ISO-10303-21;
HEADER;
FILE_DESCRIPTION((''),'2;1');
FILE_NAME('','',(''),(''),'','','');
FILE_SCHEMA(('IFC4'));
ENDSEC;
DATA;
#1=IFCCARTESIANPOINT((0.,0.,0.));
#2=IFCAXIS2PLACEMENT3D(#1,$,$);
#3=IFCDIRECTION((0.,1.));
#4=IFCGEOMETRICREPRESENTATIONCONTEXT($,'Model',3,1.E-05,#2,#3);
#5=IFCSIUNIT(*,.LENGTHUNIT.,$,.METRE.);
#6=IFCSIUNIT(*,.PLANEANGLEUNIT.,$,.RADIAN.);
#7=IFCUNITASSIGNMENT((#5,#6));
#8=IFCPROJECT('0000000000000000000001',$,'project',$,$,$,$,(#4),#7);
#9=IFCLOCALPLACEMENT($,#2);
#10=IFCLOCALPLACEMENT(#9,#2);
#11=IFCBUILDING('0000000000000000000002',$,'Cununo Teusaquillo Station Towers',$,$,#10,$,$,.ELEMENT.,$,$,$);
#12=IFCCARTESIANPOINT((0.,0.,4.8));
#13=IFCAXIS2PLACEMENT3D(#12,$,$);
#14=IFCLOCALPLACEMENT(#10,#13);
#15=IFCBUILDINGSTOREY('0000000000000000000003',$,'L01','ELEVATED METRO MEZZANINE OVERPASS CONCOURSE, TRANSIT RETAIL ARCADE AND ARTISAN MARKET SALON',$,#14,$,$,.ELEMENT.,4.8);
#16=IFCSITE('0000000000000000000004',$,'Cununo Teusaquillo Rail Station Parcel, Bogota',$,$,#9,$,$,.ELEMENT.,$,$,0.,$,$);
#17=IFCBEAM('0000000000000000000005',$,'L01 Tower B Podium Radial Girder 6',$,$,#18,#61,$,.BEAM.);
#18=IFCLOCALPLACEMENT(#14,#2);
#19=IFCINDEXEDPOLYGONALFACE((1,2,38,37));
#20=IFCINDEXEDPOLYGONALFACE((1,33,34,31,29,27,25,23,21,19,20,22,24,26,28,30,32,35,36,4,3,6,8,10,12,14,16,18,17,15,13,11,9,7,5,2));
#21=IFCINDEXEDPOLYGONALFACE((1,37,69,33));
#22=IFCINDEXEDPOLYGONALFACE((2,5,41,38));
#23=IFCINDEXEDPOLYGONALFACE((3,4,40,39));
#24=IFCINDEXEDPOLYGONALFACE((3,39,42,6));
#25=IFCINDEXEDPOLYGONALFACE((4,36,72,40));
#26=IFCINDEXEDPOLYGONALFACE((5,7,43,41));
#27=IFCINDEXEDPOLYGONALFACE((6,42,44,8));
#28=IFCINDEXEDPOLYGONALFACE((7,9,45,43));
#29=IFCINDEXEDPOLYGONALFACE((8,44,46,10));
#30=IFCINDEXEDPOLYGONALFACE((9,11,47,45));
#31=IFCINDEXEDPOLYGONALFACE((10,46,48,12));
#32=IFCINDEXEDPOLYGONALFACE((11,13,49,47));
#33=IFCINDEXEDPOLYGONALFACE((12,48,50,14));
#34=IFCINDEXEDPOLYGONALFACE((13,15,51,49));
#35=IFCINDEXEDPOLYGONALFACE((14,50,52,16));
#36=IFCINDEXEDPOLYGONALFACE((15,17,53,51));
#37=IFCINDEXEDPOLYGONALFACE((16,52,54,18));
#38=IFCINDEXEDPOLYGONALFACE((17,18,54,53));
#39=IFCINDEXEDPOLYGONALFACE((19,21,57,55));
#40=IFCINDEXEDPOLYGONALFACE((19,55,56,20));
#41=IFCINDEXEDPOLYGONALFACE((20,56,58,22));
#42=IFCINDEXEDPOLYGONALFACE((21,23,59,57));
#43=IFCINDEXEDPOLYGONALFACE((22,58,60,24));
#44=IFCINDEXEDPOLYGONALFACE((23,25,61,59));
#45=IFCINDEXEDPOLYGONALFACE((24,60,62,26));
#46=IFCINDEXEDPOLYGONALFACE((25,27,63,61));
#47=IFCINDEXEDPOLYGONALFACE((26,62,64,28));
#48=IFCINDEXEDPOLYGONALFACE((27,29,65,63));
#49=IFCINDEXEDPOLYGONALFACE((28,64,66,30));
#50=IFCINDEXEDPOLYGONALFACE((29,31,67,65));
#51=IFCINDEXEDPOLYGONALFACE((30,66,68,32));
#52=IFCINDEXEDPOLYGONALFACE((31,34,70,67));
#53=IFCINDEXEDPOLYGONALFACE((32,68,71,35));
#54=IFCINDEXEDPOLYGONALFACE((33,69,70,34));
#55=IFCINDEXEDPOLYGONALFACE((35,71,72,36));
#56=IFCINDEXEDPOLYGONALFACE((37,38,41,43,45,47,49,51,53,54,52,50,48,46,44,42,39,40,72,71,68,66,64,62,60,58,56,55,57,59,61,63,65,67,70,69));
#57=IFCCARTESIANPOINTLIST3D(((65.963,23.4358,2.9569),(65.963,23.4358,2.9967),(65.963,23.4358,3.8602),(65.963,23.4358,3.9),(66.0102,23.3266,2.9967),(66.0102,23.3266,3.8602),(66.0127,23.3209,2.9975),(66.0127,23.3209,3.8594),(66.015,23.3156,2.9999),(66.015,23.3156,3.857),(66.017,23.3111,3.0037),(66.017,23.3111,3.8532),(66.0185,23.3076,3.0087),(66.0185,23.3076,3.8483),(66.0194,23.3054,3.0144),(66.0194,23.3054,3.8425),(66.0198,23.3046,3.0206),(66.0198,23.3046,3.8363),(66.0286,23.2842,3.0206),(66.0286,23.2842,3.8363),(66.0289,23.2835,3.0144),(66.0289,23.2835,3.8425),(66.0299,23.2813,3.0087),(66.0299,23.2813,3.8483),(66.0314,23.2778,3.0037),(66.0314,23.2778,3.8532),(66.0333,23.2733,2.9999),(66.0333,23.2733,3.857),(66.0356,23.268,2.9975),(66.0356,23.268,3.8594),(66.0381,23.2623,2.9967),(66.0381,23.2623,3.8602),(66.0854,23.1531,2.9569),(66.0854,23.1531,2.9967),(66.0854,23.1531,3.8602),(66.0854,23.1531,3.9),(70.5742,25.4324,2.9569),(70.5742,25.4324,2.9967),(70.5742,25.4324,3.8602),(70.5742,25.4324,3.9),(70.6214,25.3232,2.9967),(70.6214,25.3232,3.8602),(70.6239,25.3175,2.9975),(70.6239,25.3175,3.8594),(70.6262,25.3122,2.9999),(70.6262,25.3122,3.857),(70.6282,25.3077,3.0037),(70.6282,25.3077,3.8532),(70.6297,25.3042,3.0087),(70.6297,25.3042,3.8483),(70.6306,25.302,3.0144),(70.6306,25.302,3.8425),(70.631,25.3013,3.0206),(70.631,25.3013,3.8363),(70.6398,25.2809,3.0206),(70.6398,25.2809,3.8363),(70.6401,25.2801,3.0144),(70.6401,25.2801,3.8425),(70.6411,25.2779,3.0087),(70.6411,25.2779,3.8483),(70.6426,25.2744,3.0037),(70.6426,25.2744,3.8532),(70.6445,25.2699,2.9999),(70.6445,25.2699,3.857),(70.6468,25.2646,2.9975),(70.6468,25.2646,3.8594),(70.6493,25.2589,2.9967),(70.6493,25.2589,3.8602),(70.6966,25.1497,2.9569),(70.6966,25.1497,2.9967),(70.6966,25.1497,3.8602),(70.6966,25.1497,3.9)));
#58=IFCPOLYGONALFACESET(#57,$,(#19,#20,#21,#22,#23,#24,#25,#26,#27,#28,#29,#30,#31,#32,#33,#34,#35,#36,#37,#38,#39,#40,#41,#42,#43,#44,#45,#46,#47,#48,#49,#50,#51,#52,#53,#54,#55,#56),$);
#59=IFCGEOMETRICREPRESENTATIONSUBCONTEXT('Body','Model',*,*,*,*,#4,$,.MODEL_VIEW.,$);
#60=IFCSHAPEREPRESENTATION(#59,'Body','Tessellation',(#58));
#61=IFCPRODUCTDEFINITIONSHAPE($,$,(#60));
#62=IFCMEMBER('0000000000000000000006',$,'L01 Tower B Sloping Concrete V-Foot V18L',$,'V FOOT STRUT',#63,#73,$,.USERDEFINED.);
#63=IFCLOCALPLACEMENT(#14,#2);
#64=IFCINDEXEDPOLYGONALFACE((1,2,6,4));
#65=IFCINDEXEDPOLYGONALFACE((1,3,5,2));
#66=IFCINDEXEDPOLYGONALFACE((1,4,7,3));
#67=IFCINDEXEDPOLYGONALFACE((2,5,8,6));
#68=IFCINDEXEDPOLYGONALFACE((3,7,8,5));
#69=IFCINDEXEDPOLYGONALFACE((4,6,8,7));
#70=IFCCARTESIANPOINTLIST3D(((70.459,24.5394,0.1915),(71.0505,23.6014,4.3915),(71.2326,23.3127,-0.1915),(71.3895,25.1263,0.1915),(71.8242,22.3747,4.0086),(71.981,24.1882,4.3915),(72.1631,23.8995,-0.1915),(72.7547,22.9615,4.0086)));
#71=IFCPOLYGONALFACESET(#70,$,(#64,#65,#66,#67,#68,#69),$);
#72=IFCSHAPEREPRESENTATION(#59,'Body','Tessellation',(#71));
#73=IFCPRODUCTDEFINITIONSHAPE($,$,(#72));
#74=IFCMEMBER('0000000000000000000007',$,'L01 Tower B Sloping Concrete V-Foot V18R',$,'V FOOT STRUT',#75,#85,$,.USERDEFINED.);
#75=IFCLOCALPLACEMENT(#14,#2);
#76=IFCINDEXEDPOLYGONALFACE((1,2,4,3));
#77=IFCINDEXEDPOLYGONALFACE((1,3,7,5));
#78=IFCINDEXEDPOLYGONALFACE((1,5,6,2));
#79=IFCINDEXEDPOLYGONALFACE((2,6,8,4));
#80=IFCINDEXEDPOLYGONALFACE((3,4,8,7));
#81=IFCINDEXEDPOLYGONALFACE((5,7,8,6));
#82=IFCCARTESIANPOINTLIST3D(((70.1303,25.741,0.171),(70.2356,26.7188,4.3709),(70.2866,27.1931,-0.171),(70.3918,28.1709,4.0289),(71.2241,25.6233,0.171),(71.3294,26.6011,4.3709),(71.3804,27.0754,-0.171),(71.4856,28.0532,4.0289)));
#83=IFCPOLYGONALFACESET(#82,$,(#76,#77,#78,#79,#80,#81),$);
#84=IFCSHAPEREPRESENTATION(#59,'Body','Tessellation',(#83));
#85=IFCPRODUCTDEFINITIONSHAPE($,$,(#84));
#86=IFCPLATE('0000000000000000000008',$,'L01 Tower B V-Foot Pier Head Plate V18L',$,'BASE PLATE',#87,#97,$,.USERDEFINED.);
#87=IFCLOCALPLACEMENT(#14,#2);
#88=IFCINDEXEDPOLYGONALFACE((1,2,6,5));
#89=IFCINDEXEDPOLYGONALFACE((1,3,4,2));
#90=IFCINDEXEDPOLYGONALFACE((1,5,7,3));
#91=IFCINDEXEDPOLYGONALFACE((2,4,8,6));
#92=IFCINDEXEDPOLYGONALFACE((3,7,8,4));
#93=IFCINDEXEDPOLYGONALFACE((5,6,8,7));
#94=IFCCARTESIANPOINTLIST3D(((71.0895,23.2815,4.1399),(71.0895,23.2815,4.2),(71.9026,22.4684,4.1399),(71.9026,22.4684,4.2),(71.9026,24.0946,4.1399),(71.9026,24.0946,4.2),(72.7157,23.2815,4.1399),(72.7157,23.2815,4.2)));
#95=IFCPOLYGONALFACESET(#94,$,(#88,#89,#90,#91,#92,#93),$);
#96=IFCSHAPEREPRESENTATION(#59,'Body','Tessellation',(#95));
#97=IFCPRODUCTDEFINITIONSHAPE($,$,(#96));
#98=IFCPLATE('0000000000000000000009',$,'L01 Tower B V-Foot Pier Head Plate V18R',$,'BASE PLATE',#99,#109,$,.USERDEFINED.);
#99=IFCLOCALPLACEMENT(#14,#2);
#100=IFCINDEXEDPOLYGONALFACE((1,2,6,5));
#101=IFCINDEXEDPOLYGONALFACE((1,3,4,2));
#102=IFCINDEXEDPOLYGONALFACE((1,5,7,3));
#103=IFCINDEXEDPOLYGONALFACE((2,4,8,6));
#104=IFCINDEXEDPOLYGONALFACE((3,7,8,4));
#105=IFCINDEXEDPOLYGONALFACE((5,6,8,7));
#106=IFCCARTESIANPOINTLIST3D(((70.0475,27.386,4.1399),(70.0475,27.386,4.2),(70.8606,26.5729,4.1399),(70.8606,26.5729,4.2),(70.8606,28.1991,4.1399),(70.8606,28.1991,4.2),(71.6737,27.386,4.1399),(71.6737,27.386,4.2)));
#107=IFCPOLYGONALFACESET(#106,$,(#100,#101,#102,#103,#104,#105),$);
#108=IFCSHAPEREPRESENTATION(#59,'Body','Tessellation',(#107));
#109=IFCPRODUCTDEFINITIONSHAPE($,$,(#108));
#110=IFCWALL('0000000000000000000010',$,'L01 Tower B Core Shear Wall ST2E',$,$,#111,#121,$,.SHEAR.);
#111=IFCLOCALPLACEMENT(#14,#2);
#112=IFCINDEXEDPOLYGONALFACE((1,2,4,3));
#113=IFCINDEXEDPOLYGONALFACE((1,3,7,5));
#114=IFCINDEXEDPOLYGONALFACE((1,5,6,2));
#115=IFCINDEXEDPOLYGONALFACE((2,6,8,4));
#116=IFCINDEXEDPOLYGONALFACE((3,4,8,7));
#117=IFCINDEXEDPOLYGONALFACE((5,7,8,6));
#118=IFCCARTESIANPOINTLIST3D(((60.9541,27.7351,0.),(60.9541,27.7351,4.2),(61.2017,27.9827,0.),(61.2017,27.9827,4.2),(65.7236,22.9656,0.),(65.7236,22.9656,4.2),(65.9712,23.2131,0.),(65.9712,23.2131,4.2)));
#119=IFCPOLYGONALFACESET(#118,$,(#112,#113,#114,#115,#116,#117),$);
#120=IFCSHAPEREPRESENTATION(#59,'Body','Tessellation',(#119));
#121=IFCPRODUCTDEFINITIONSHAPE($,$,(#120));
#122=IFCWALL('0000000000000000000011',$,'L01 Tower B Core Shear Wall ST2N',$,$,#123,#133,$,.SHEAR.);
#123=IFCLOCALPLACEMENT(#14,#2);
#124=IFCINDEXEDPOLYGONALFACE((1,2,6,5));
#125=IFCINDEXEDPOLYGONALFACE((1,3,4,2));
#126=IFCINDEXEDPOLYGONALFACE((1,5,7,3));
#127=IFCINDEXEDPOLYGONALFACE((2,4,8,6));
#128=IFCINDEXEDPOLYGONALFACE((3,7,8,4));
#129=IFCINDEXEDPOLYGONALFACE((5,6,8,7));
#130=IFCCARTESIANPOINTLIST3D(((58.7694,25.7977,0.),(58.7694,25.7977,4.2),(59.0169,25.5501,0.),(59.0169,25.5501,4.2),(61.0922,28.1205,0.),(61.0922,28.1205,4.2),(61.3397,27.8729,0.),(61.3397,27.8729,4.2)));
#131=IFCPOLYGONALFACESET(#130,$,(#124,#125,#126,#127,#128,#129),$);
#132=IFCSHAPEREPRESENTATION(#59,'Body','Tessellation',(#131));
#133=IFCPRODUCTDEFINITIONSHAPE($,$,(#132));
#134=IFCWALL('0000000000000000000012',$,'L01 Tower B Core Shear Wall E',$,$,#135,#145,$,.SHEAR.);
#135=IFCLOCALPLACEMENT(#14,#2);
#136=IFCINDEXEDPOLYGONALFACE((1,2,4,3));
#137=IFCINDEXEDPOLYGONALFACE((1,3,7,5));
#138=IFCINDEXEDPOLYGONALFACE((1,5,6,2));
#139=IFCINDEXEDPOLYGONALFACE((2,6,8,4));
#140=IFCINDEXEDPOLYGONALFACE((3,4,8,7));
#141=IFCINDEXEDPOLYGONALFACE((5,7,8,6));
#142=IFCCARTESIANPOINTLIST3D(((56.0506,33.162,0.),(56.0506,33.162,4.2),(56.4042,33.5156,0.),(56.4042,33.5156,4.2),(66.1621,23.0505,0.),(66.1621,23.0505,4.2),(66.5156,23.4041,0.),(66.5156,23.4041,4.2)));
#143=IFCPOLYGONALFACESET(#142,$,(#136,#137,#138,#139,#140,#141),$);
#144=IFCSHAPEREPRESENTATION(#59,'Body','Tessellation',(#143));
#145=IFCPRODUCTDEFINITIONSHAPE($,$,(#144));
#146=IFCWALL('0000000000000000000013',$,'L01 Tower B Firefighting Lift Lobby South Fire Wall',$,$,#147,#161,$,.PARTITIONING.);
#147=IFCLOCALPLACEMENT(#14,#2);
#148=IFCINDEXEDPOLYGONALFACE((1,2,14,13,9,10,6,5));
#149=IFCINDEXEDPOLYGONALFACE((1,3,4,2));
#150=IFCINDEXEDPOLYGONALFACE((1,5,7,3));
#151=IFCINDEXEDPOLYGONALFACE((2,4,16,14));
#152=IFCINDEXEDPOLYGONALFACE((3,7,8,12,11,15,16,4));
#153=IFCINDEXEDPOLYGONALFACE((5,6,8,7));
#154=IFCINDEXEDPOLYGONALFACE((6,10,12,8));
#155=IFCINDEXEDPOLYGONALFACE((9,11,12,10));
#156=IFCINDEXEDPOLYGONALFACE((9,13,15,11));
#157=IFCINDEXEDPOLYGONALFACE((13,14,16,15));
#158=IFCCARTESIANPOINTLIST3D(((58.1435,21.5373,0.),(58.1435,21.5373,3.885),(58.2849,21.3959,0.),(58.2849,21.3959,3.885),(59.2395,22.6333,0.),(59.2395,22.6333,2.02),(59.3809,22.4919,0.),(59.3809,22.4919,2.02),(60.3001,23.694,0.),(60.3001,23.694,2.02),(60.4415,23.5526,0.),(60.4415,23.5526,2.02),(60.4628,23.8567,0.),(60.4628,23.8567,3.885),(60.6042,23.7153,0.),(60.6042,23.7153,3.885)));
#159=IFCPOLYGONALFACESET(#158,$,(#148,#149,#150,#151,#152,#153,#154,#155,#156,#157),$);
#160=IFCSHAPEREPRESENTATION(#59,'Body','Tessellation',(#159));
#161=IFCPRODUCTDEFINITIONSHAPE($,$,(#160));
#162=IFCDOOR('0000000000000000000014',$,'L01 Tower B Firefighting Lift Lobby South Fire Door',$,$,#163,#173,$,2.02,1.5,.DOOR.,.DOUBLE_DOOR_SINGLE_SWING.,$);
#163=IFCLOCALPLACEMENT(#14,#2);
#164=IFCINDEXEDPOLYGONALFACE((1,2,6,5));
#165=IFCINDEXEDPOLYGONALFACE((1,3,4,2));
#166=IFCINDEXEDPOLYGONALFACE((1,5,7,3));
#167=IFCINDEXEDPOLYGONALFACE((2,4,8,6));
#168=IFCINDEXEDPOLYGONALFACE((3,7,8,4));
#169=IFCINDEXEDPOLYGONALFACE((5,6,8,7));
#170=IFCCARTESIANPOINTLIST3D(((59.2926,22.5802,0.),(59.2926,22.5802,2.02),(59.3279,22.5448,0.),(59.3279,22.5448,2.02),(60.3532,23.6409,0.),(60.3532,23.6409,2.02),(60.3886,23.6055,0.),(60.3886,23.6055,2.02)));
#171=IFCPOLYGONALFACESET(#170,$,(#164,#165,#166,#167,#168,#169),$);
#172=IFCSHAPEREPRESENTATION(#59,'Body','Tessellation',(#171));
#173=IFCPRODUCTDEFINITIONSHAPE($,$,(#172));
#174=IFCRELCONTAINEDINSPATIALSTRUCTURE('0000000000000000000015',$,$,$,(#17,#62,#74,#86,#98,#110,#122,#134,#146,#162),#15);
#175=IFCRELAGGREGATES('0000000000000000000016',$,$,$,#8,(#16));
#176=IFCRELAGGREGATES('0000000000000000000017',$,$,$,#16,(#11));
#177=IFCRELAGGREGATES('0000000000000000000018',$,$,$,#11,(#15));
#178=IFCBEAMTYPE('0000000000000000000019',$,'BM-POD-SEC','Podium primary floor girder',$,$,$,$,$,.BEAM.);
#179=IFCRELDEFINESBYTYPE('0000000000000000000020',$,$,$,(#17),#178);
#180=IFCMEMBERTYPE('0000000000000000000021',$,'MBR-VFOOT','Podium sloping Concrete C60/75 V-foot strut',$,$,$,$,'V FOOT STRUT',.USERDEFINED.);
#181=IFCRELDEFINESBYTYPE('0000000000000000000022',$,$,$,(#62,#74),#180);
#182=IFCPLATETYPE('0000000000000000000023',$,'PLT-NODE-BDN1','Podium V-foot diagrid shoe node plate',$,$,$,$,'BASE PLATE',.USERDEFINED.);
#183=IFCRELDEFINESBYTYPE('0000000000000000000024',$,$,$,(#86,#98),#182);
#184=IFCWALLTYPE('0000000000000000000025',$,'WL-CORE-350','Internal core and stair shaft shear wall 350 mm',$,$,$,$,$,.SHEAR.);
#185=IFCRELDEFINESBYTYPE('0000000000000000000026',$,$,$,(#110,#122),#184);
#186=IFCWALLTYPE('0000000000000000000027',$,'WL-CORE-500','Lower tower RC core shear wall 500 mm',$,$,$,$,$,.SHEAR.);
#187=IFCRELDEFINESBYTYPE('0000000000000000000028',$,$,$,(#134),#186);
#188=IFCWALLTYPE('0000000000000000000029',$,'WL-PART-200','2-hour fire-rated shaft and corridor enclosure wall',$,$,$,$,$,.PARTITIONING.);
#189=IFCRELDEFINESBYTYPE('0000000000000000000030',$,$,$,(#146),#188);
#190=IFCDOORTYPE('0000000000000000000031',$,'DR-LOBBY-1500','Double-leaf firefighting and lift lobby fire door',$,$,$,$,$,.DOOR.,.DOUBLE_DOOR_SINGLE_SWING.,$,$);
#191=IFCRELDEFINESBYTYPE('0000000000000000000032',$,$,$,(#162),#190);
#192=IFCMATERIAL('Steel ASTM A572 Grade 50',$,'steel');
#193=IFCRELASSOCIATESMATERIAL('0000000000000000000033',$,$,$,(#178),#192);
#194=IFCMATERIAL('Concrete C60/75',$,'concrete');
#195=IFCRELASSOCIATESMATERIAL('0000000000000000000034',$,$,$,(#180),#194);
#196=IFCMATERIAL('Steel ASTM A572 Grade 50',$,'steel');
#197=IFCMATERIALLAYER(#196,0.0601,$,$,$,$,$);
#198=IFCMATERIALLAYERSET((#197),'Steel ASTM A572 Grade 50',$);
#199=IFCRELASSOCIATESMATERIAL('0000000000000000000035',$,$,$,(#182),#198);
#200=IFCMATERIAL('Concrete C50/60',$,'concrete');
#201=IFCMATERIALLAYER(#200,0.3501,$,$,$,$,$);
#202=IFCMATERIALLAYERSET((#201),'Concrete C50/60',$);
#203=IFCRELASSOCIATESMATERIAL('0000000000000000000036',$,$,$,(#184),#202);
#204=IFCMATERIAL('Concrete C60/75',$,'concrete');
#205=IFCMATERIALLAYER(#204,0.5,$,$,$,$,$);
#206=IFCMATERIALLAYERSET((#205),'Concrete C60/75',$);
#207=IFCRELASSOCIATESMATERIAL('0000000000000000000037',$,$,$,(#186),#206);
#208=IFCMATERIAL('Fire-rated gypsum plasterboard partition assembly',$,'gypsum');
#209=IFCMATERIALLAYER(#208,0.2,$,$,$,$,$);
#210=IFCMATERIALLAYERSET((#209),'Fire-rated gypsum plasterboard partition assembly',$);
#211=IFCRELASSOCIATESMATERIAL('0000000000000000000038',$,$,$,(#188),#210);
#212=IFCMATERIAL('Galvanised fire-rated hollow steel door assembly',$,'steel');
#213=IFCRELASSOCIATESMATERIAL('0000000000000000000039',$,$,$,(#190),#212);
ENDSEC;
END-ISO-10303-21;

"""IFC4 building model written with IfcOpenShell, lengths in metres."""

from ifc_helpers import new_model, si_unit, direction, frame, frame_2d, origin, origin_2d, place, context, subcontext, project, spatial, rectangle, i_section, extrude, source, transform, mapped, material, layer, layer_set, material_profile, profile_set, type_object, element, fill, save


model = new_model("IFC4")

# Units and contexts
model_context = context("Model", 3, precision=1e-05, world=origin(), true_north=direction((0.0, 1.0)))
body_context = subcontext(model_context, "Body", "Model", "MODEL_VIEW")
ifc_project = project(units=[si_unit("LENGTHUNIT", "METRE"), si_unit("PLANEANGLEUNIT", "RADIAN")], contexts=[model_context])

# Site, building, storey
site_placement = place(None, origin())
site = spatial("IfcSite", under=ifc_project, at=site_placement, Name="Cununo Teusaquillo Rail Station Parcel, Bogota", CompositionType="ELEMENT", RefElevation=0.0)
building_placement = place(site_placement, origin())
building = spatial("IfcBuilding", under=site, at=building_placement, Name="Cununo Teusaquillo Station Towers", CompositionType="ELEMENT")
storey_placement = place(building_placement, frame((0.0, 0.0, 4.8)))
storey = spatial("IfcBuildingStorey", under=building, at=storey_placement, Name="L01", Description="ELEVATED METRO MEZZANINE OVERPASS CONCOURSE, TRANSIT RETAIL ARCADE AND ARTISAN MARKET SALON", CompositionType="ELEMENT", Elevation=4.8)

# Beam
ifc_material_1 = material(Name="Steel ASTM A572 Grade 50", Category="steel")
ifc_material_profile_1 = material_profile(ifc_material_1, i_section(OverallWidth=0.3081, OverallDepth=0.9431, WebThickness=0.0222, FlangeThickness=0.0398, FilletRadius=0.0239, at=origin_2d()), Name="W36X232")
ifc_profile_set_1 = profile_set([ifc_material_profile_1], Name="Steel ASTM A572 Grade 50")
beam_type_1 = type_object("IfcBeamType", Name="BM-POD-SEC", Description="Podium primary floor girder", PredefinedType="BEAM", material=ifc_profile_set_1)
beam_1_placement = place(storey_placement, frame((66.0242, 23.2944, 3.4285), z_axis=(0.917668, 0.397347, 0.0), x_axis=(-0.397347, 0.917668, 0.0)))
element("IfcBeam", 1, at=beam_1_placement, inside=storey, type_object=beam_type_1, Name="L01 Tower B Podium Radial Girder 6", PredefinedType="BEAM", context=body_context, shape_type="SweptSolid", body=[
    extrude(i_section(OverallWidth=0.3081, OverallDepth=0.9431, WebThickness=0.0222, FlangeThickness=0.0398, FilletRadius=0.0239, at=origin_2d()), origin(), (0.0, 0.0, 1.0), 5.0249),
])

# Members
ifc_material_2 = material(Name="Concrete C60/75", Category="concrete")
ifc_material_profile_2 = material_profile(ifc_material_2, rectangle(XDim=1.1001, YDim=1.5, at=origin_2d()), Name="RC-RECT-1500x1100")
ifc_profile_set_2 = profile_set([ifc_material_profile_2], Name="Concrete C60/75")
member_type = type_object("IfcMemberType", Name="MBR-VFOOT", Description="Podium sloping Concrete C60/75 V-foot strut", ElementType="V FOOT STRUT", PredefinedType="USERDEFINED", material=ifc_profile_set_2)
member_1_placement = place(storey_placement, frame((71.311, 24.2195, 0.0), z_axis=(0.136181, -0.215933, 0.966865), x_axis=(0.845839, 0.533438, 0.0)))
element("IfcMember", 2, at=member_1_placement, inside=storey, type_object=member_type, Name="L01 Tower B Sloping Concrete V-Foot V18L", ObjectType="V FOOT STRUT", PredefinedType="USERDEFINED", context=body_context, shape_type="SweptSolid", body=[
    extrude(rectangle(XDim=1.1001, YDim=1.5, at=origin_2d()), origin(), (0.0, 0.0, 1.0), 4.344),
])
member_2_placement = place(storey_placement, frame((70.7554, 26.4082, 0.0), z_axis=(0.024394, 0.226677, 0.973664), x_axis=(-0.994259, 0.106998, 0.0)))
element("IfcMember", 3, at=member_2_placement, inside=storey, type_object=member_type, Name="L01 Tower B Sloping Concrete V-Foot V18R", ObjectType="V FOOT STRUT", PredefinedType="USERDEFINED", context=body_context, shape_type="SweptSolid", body=[
    extrude(rectangle(XDim=1.1001, YDim=1.5, at=origin_2d()), origin(), (0.0, 0.0, 1.0), 4.3135),
])

# Plates
ifc_material_3 = material(Name="Steel ASTM A572 Grade 50", Category="steel")
ifc_layer_1 = layer(ifc_material_3, 0.0601)
ifc_layer_set_1 = layer_set([ifc_layer_1], Name="Steel ASTM A572 Grade 50")
plate_type = type_object("IfcPlateType", Name="PLT-NODE-BDN1", Description="Podium V-foot diagrid shoe node plate", ElementType="BASE PLATE", PredefinedType="USERDEFINED", material=ifc_layer_set_1)
shared_shape_1 = source(origin(), body_context, "Body", "SweptSolid", [
    extrude(rectangle(XDim=1.1499, YDim=1.1499, at=origin_2d()), origin(), (0.0, 0.0, 1.0), 0.0601),
])
for number, where, z_axis, x_axis, name in (
    (4, (71.9026, 23.2815, 4.1399), (0.0, 0.0, 1.0), (0.707107, 0.707107, 0.0), "L01 Tower B V-Foot Pier Head Plate V18L"),
    (5, (70.8606, 27.386, 4.1399), (0.0, 0.0, 1.0), (0.707107, 0.707107, 0.0), "L01 Tower B V-Foot Pier Head Plate V18R"),
):
    element("IfcPlate", number, at=place(storey_placement, frame(where, z_axis=z_axis, x_axis=x_axis)), inside=storey, type_object=plate_type, Name=name, ObjectType="BASE PLATE", PredefinedType="USERDEFINED", context=body_context, shape_type="MappedRepresentation", body=[
        mapped(shared_shape_1, transform((0.0, 0.0, 0.0), x_axis=(1.0, 0.0, 0.0), y_axis=(0.0, 1.0, 0.0), z_axis=(0.0, 0.0, 1.0), scale=1.0)),
    ])

# Walls
ifc_material_4 = material(Name="Concrete C50/60", Category="concrete")
ifc_layer_2 = layer(ifc_material_4, 0.3501)
ifc_layer_set_2 = layer_set([ifc_layer_2], Name="Concrete C50/60")
wall_type_1 = type_object("IfcWallType", Name="WL-CORE-350", Description="Internal core and stair shaft shear wall 350 mm", PredefinedType="SHEAR", material=ifc_layer_set_2)
wall_1_placement = place(storey_placement, frame((65.8474, 23.0894, 0.0), z_axis=(0.0, 0.0, 1.0), x_axis=(-0.707107, 0.707107, 0.0)))
element("IfcWall", 6, at=wall_1_placement, inside=storey, type_object=wall_type_1, Name="L01 Tower B Core Shear Wall ST2E", PredefinedType="SHEAR", context=body_context, shape_type="SweptSolid", body=[
    extrude(rectangle(XDim=6.7451, YDim=0.3501, at=frame_2d((3.3726, 0.0))), origin(), (0.0, 0.0, 1.0), 4.2),
])
wall_2_placement = place(storey_placement, frame((58.8931, 25.6738, 0.0), z_axis=(0.0, 0.0, 1.0), x_axis=(0.707107, 0.707107, 0.0)))
element("IfcWall", 7, at=wall_2_placement, inside=storey, type_object=wall_type_1, Name="L01 Tower B Core Shear Wall ST2N", PredefinedType="SHEAR", context=body_context, shape_type="SweptSolid", body=[
    extrude(rectangle(XDim=3.2849, YDim=0.3501, at=frame_2d((1.6426, 0.0))), origin(), (0.0, 0.0, 1.0), 4.2),
])
ifc_material_5 = material(Name="Concrete C60/75", Category="concrete")
ifc_layer_3 = layer(ifc_material_5, 0.5)
ifc_layer_set_3 = layer_set([ifc_layer_3], Name="Concrete C60/75")
wall_type_2 = type_object("IfcWallType", Name="WL-CORE-500", Description="Lower tower RC core shear wall 500 mm", PredefinedType="SHEAR", material=ifc_layer_set_3)
wall_3_placement = place(storey_placement, frame((66.3389, 23.2273, 0.0), z_axis=(0.0, 0.0, 1.0), x_axis=(-0.707107, 0.707107, 0.0)))
element("IfcWall", 8, at=wall_3_placement, inside=storey, type_object=wall_type_2, Name="L01 Tower B Core Shear Wall E", PredefinedType="SHEAR", context=body_context, shape_type="SweptSolid", body=[
    extrude(rectangle(XDim=14.2998, YDim=0.5, at=frame_2d((7.1499, 0.0))), origin(), (0.0, 0.0, 1.0), 4.2),
])

# Wall, opening, door
ifc_material_6 = material(Name="Fire-rated gypsum plasterboard partition assembly", Category="gypsum")
ifc_layer_4 = layer(ifc_material_6, 0.2)
ifc_layer_set_4 = layer_set([ifc_layer_4], Name="Fire-rated gypsum plasterboard partition assembly")
wall_type_3 = type_object("IfcWallType", Name="WL-PART-200", Description="2-hour fire-rated shaft and corridor enclosure wall", PredefinedType="PARTITIONING", material=ifc_layer_set_4)
wall_4_placement = place(storey_placement, frame((58.2141, 21.4666, 0.0), z_axis=(0.0, 0.0, 1.0), x_axis=(0.707107, 0.707107, 0.0)))
wall_4 = element("IfcWall", 9, at=wall_4_placement, inside=storey, type_object=wall_type_3, Name="L01 Tower B Firefighting Lift Lobby South Fire Wall", PredefinedType="PARTITIONING", context=body_context, shape_type="SweptSolid", body=[
    extrude(rectangle(XDim=3.28, YDim=0.2, at=frame_2d((1.6401, 0.0))), origin(), (0.0, 0.0, 1.0), 3.885),
])
shared_shape_2 = source(origin(), body_context, "Body", "SweptSolid", [
    extrude(rectangle(XDim=1.5, YDim=2.02, at=frame_2d((0.75, 1.01))), frame((0.0, 0.1099, 0.0), z_axis=(0.0, -1.0, 0.0), x_axis=(1.0, 0.0, 0.0)), (0.0, 0.0, 1.0), 0.22),
])
opening_placement = place(wall_4_placement, frame((1.55, 0.0, 0.0)))
opening = element("IfcOpeningElement", 10, at=opening_placement, cuts=wall_4, PredefinedType="OPENING", context=body_context, shape_type="MappedRepresentation", body=[
    mapped(shared_shape_2, transform((0.0, 0.0, 0.0), x_axis=(1.0, 0.0, 0.0), y_axis=(0.0, 1.0, 0.0), z_axis=(0.0, 0.0, 1.0), scale=1.0)),
])
ifc_material_7 = material(Name="Galvanised fire-rated hollow steel door assembly", Category="steel")
door_type = type_object("IfcDoorType", Name="DR-LOBBY-1500", Description="Double-leaf firefighting and lift lobby fire door", OperationType="DOUBLE_DOOR_SINGLE_SWING", PredefinedType="DOOR", material=ifc_material_7)
shared_shape_3 = source(origin(), body_context, "Body", "SweptSolid", [
    extrude(rectangle(XDim=1.5, YDim=2.02, at=frame_2d((0.75, 1.01))), frame((0.0, 0.0249, 0.0), z_axis=(0.0, -1.0, 0.0), x_axis=(1.0, 0.0, 0.0)), (0.0, 0.0, 1.0), 0.05),
])
door_placement = place(opening_placement, origin())
door = element("IfcDoor", 11, at=door_placement, inside=storey, type_object=door_type, Name="L01 Tower B Firefighting Lift Lobby South Fire Door", OperationType="DOUBLE_DOOR_SINGLE_SWING", OverallHeight=2.02, OverallWidth=1.5, PredefinedType="DOOR", context=body_context, shape_type="MappedRepresentation", body=[
    mapped(shared_shape_3, transform((0.0, 0.0, 0.0), x_axis=(1.0, 0.0, 0.0), y_axis=(0.0, 1.0, 0.0), z_axis=(0.0, 0.0, 1.0), scale=1.0)),
])
fill(opening, door)

save(model, "model.ifc")
